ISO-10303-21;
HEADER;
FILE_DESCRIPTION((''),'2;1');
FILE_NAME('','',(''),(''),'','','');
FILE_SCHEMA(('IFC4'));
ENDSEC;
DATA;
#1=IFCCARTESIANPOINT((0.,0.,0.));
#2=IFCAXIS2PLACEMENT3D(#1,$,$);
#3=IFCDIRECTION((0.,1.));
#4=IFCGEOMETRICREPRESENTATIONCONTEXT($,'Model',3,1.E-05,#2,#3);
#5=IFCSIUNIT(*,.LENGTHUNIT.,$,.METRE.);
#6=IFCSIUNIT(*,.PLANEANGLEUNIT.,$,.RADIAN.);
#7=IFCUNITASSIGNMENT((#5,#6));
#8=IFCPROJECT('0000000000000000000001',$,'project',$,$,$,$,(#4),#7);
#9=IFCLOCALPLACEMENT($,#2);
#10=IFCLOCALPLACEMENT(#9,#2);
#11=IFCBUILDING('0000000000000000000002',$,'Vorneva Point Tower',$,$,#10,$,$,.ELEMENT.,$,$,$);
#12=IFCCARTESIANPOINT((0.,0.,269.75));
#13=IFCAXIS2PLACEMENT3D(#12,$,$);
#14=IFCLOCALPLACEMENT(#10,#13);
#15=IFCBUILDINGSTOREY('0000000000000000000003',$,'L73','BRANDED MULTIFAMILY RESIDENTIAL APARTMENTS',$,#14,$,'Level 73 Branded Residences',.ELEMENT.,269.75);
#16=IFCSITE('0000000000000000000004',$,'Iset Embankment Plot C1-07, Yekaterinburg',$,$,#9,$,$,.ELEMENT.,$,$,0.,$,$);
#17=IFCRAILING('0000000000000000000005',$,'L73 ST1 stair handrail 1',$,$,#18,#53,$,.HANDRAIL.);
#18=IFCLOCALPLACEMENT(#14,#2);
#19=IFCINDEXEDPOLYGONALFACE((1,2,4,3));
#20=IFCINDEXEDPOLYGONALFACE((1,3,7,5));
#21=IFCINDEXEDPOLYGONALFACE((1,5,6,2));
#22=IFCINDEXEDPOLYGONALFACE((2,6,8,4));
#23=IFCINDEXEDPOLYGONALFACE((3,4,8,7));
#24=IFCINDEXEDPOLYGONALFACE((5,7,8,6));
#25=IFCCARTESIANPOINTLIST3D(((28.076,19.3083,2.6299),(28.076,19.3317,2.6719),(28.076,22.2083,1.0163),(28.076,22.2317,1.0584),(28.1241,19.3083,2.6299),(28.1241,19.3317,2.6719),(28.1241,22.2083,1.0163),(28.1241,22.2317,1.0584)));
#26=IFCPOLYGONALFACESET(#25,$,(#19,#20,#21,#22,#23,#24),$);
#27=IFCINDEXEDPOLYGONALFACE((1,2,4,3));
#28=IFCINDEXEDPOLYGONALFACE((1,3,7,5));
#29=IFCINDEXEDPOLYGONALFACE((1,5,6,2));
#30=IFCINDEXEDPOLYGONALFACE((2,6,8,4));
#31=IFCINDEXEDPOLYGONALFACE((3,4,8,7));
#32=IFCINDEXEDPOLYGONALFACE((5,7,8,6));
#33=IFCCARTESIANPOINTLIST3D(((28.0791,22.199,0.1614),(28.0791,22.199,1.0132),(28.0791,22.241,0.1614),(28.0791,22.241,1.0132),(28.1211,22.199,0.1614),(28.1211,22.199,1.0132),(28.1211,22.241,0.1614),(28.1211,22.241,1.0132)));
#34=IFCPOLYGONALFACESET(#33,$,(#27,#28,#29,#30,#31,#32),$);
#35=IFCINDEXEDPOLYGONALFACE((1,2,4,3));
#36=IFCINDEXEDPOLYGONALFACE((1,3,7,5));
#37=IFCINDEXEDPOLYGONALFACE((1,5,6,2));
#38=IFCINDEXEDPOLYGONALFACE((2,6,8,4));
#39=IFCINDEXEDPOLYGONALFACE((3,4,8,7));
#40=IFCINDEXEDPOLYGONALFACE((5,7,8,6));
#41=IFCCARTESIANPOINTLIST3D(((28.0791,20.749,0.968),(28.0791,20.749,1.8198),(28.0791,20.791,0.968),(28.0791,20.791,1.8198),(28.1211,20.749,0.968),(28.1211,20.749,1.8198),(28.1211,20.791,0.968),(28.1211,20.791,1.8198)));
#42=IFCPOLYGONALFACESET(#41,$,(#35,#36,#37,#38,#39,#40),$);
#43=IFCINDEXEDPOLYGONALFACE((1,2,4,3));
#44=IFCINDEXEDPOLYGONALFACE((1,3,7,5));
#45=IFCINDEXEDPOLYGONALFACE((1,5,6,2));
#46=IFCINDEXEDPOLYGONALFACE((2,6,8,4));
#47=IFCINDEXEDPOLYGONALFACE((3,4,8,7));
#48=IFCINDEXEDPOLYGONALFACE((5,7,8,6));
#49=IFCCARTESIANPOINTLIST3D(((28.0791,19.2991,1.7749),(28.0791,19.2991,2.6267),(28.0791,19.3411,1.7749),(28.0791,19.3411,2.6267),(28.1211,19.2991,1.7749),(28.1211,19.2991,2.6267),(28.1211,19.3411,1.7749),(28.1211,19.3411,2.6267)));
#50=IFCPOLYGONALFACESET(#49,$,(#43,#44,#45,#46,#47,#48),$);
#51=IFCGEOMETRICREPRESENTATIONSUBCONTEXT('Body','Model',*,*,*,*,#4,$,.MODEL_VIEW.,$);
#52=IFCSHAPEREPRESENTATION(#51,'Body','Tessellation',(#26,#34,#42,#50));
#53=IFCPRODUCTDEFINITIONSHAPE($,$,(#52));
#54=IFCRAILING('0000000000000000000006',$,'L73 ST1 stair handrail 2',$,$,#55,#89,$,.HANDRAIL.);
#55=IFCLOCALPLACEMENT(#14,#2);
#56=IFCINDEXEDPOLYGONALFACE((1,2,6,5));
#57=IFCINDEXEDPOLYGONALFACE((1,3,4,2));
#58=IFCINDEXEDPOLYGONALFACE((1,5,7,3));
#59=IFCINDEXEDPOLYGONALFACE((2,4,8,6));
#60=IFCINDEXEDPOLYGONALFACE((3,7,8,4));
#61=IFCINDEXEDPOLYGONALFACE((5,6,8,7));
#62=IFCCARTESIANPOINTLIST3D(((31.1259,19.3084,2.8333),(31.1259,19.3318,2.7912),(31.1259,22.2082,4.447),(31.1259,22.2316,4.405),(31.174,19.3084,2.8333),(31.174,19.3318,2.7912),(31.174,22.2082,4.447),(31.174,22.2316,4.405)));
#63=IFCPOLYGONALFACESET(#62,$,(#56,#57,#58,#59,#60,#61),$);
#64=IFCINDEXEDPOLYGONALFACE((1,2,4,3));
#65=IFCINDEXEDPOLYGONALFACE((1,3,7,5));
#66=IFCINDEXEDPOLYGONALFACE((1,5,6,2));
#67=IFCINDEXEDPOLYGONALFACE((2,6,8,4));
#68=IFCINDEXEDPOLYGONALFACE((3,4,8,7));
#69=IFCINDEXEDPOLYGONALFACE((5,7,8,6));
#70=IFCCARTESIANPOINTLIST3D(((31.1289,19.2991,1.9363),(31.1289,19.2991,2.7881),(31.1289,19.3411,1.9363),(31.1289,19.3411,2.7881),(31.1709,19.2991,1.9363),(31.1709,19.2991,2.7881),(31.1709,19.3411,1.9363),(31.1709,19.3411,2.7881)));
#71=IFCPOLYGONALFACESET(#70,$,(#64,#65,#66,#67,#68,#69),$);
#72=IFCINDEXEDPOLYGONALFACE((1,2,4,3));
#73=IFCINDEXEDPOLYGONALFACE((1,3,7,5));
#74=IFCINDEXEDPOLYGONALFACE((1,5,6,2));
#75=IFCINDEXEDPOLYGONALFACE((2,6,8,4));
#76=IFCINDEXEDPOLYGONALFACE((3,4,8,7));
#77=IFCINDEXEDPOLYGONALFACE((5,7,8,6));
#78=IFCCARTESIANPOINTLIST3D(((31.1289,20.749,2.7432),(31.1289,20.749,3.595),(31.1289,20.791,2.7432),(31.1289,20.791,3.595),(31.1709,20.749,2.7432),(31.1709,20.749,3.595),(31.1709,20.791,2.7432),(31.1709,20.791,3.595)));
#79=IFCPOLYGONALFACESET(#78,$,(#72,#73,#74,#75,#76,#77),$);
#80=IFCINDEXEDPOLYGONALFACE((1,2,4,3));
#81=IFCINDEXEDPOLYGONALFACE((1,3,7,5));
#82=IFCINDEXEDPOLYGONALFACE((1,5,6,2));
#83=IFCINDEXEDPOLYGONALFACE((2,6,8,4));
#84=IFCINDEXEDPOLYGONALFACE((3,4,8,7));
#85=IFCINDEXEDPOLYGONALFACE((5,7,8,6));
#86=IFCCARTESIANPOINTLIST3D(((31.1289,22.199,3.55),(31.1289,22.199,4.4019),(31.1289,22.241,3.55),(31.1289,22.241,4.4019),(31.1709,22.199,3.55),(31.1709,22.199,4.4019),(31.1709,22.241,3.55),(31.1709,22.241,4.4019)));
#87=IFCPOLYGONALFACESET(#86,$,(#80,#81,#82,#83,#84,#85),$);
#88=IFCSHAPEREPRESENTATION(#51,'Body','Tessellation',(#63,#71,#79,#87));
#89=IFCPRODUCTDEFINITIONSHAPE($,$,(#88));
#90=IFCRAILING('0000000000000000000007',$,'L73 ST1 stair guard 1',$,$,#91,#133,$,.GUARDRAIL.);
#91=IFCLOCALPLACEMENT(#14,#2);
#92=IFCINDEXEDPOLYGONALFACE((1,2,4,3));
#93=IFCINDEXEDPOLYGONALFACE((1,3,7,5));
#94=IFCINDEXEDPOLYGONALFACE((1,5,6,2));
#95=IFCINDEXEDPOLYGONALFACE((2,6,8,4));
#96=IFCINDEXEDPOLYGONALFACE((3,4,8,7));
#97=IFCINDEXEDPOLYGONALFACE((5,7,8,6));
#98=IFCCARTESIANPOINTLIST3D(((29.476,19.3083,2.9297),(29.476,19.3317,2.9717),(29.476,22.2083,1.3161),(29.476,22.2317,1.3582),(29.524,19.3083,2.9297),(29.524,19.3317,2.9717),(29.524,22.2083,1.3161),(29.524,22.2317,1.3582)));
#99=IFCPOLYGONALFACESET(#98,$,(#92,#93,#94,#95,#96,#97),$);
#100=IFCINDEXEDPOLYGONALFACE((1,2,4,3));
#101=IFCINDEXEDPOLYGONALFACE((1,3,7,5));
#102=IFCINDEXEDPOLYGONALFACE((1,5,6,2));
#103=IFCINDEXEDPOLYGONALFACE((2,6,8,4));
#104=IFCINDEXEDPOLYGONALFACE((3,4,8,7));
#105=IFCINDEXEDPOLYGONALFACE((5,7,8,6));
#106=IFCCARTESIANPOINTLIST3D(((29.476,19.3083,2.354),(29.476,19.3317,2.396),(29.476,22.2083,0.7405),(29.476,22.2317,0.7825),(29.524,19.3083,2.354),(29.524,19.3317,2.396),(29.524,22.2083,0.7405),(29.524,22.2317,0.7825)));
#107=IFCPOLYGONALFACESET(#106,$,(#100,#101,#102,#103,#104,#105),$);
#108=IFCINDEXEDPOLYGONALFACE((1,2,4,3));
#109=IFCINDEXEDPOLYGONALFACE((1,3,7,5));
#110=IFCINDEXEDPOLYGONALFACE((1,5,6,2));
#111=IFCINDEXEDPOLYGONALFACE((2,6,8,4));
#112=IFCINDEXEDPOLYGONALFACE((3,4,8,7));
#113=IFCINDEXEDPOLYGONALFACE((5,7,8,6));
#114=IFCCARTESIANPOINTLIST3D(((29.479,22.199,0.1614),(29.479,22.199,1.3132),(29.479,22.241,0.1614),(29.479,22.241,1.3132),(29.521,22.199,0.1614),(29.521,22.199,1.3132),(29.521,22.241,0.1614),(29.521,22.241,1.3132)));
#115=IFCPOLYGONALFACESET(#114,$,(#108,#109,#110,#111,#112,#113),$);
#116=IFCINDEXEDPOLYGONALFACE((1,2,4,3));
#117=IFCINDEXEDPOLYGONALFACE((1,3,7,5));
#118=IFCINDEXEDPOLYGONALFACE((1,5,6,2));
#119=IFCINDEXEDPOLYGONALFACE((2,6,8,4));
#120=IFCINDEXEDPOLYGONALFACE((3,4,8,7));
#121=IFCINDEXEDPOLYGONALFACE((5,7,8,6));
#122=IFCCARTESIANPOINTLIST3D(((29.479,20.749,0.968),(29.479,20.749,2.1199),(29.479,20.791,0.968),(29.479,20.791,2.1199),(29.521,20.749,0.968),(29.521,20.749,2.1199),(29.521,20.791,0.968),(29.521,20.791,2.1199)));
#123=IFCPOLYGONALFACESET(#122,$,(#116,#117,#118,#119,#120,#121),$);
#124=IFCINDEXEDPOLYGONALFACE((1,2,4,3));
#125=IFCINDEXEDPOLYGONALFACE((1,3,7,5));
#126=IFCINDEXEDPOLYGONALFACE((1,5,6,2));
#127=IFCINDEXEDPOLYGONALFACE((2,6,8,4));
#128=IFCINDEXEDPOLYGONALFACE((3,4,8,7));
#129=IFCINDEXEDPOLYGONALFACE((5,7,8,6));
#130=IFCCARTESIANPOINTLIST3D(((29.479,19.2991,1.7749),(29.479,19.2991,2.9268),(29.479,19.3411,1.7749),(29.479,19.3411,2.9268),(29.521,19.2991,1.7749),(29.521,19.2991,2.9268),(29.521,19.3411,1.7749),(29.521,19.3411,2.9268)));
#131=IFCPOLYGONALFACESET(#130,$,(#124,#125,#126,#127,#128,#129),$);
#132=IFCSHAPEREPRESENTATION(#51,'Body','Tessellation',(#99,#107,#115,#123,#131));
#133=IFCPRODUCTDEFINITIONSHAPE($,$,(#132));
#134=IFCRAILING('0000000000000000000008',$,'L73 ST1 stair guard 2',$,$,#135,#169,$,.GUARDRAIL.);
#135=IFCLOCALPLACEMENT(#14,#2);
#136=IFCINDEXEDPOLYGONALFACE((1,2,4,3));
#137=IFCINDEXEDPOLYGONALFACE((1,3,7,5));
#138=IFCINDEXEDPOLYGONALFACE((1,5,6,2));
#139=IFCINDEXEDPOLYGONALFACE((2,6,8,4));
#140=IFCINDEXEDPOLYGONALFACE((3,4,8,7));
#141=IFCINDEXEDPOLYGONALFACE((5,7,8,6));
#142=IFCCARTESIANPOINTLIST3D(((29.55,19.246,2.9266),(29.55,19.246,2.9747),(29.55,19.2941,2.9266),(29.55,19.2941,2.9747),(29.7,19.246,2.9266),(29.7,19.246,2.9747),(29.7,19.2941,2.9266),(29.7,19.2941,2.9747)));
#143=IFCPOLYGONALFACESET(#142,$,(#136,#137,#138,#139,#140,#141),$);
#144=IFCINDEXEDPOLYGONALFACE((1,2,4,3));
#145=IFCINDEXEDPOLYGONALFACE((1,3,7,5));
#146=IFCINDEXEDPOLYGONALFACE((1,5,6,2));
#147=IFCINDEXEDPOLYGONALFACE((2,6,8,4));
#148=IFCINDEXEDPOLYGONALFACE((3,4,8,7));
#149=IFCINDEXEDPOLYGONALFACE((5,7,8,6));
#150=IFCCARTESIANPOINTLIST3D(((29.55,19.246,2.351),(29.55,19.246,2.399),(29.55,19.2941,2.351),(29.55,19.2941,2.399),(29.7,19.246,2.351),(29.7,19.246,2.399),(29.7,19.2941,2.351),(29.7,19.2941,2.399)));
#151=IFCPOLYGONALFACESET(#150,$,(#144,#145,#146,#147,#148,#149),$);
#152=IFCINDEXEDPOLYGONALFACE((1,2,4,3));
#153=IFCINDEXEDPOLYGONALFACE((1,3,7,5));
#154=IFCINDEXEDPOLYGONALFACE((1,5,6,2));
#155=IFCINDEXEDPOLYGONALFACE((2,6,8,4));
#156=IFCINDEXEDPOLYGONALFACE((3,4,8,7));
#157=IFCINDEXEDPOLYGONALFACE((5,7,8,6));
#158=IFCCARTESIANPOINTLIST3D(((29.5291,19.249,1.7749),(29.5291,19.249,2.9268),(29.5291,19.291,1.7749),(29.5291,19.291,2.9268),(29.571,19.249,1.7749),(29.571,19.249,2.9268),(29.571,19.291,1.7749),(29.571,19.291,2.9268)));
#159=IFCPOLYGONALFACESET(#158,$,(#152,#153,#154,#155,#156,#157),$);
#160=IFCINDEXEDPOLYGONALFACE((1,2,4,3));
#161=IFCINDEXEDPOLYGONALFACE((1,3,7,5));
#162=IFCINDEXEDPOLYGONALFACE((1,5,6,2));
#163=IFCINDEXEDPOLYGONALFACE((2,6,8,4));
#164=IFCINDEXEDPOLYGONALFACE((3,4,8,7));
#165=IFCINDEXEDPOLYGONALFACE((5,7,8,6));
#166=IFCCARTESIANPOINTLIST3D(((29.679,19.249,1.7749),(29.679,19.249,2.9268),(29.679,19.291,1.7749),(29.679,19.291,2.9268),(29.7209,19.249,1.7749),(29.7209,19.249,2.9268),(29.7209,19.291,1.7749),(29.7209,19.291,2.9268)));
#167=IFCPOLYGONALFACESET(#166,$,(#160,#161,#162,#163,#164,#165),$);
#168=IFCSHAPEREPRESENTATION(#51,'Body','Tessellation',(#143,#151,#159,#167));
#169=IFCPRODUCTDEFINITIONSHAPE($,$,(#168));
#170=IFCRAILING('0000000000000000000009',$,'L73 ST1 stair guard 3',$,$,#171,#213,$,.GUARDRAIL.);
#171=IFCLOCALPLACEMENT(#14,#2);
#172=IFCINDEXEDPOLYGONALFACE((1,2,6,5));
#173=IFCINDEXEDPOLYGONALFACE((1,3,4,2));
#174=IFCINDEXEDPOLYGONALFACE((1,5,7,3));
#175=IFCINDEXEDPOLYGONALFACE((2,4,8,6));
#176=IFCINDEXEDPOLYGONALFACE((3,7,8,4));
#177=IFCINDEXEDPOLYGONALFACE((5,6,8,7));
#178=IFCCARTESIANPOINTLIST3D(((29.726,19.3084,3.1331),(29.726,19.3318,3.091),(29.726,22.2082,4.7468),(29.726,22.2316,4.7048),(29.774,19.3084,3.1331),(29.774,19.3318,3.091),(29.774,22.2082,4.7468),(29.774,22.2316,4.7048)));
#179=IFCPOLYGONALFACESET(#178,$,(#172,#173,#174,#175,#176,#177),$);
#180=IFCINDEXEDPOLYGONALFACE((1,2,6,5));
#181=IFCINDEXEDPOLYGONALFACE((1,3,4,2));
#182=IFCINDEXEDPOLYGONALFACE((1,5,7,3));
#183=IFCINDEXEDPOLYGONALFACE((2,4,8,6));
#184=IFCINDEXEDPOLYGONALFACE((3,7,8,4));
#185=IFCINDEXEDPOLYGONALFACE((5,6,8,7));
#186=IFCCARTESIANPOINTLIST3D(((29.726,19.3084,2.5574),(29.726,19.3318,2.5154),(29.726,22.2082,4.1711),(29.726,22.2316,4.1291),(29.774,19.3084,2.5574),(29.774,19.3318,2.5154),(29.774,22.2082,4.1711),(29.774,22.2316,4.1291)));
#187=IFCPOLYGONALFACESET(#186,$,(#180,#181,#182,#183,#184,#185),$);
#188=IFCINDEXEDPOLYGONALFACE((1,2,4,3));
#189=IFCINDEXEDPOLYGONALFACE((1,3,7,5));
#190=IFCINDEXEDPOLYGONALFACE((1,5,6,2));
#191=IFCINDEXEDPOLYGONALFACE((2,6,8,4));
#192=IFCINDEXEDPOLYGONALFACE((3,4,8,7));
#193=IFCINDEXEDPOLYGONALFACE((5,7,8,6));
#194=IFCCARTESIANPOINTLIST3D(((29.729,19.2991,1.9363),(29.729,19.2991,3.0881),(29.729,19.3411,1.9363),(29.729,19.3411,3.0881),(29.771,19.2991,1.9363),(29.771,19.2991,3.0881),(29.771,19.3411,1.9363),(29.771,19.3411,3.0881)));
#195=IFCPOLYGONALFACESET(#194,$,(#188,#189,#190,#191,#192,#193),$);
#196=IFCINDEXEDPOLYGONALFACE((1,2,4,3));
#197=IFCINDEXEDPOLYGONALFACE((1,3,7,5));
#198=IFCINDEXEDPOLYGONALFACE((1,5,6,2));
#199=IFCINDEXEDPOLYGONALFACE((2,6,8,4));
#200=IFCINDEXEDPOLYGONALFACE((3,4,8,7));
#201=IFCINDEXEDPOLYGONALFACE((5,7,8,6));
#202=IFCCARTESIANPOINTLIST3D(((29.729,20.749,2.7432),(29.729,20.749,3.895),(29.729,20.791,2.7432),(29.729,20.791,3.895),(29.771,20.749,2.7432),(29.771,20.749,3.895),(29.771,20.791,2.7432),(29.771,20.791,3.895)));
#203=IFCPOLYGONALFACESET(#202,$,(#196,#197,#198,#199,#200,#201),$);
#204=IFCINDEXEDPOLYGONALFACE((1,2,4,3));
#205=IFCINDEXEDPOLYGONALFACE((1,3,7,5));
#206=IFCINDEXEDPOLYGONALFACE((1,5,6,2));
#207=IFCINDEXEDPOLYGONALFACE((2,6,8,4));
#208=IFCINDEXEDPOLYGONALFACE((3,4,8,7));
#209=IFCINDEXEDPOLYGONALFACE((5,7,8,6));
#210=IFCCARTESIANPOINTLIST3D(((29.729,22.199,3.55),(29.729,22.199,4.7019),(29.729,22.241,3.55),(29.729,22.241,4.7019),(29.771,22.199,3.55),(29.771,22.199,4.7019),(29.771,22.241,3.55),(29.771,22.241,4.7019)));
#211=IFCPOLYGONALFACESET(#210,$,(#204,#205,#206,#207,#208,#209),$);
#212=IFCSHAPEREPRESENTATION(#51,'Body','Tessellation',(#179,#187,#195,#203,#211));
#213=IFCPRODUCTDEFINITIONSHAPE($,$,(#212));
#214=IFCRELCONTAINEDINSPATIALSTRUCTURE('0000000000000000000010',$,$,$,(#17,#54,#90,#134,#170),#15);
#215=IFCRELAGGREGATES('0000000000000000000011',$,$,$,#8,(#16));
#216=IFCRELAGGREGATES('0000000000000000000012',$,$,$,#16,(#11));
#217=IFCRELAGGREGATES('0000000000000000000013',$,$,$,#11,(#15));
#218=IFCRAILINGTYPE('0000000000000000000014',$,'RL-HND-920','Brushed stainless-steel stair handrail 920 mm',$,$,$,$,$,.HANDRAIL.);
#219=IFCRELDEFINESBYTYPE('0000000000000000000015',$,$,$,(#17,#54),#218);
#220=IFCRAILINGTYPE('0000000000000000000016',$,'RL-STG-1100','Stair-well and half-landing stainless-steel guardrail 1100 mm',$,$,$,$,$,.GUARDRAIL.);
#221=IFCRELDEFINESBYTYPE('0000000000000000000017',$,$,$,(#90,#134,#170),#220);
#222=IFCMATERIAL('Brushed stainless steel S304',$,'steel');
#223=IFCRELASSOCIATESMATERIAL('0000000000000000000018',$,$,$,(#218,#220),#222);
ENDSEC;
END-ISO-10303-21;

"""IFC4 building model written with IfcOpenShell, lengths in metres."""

from ifc_helpers import new_model, si_unit, direction, frame, origin, origin_2d, place, context, subcontext, project, spatial, rectangle, extrude, material, type_object, element, save


model = new_model("IFC4")

# Units and contexts
model_context = context("Model", 3, precision=1e-05, world=origin(), true_north=direction((0.0, 1.0)))
body_context = subcontext(model_context, "Body", "Model", "MODEL_VIEW")
ifc_project = project(units=[si_unit("LENGTHUNIT", "METRE"), si_unit("PLANEANGLEUNIT", "RADIAN")], contexts=[model_context])

# Site, building, storey
site_placement = place(None, origin())
site = spatial("IfcSite", under=ifc_project, at=site_placement, Name="Iset Embankment Plot C1-07, Yekaterinburg", CompositionType="ELEMENT", RefElevation=0.0)
building_placement = place(site_placement, origin())
building = spatial("IfcBuilding", under=site, at=building_placement, Name="Vorneva Point Tower", CompositionType="ELEMENT")
storey_placement = place(building_placement, frame((0.0, 0.0, 269.75)))
storey = spatial("IfcBuildingStorey", under=building, at=storey_placement, Name="L73", Description="BRANDED MULTIFAMILY RESIDENTIAL APARTMENTS", LongName="Level 73 Branded Residences", CompositionType="ELEMENT", Elevation=269.75)

# Railings
ifc_material_1 = material(Name="Brushed stainless steel S304", Category="steel")
railing_type_1 = type_object("IfcRailingType", Name="RL-HND-920", Description="Brushed stainless-steel stair handrail 920 mm", PredefinedType="HANDRAIL", material=ifc_material_1)
railing_1_placement = place(storey_placement, frame((28.1001, 22.22, 0.1614)))
element("IfcRailing", 1, at=railing_1_placement, inside=storey, type_object=railing_type_1, Name="L73 ST1 stair handrail 1", PredefinedType="HANDRAIL", context=body_context, shape_type="SweptSolid", body=[
    extrude(rectangle(XDim=0.0481, YDim=0.0481, at=origin_2d()), frame((0.0, 0.0, 0.876), z_axis=(0.0, -0.873841, 0.486211), x_axis=(1.0, 0.0, 0.0)), (0.0, 0.0, 1.0), 3.3186),
    extrude(rectangle(XDim=0.042, YDim=0.042, at=origin_2d()), origin(), (0.0, 0.0, 1.0), 0.8518),
    extrude(rectangle(XDim=0.042, YDim=0.042, at=origin_2d()), frame((0.0, -1.45, 0.8066)), (0.0, 0.0, 1.0), 0.8518),
    extrude(rectangle(XDim=0.042, YDim=0.042, at=origin_2d()), frame((0.0, -2.8999, 1.6135)), (0.0, 0.0, 1.0), 0.8518),
])
railing_2_placement = place(storey_placement, frame((31.1499, 19.3201, 1.9363)))
element("IfcRailing", 2, at=railing_2_placement, inside=storey, type_object=railing_type_1, Name="L73 ST1 stair handrail 2", PredefinedType="HANDRAIL", context=body_context, shape_type="SweptSolid", body=[
    extrude(rectangle(XDim=0.0481, YDim=0.0481, at=origin_2d()), frame((0.0, 0.0, 0.876), z_axis=(0.0, 0.87381, 0.486267), x_axis=(-1.0, 0.0, 0.0)), (0.0, 0.0, 1.0), 3.3186),
    extrude(rectangle(XDim=0.042, YDim=0.042, at=origin_2d()), origin(), (0.0, 0.0, 1.0), 0.8518),
    extrude(rectangle(XDim=0.042, YDim=0.042, at=origin_2d()), frame((0.0, 1.45, 0.8069)), (0.0, 0.0, 1.0), 0.8518),
    extrude(rectangle(XDim=0.042, YDim=0.042, at=origin_2d()), frame((0.0, 2.8999, 1.6138)), (0.0, 0.0, 1.0), 0.8518),
])
railing_type_2 = type_object("IfcRailingType", Name="RL-STG-1100", Description="Stair-well and half-landing stainless-steel guardrail 1100 mm", PredefinedType="GUARDRAIL", material=ifc_material_1)
railing_3_placement = place(storey_placement, frame((29.5, 22.22, 0.1614)))
element("IfcRailing", 3, at=railing_3_placement, inside=storey, type_object=railing_type_2, Name="L73 ST1 stair guard 1", PredefinedType="GUARDRAIL", context=body_context, shape_type="SweptSolid", body=[
    extrude(rectangle(XDim=0.0481, YDim=0.0481, at=origin_2d()), frame((0.0, 0.0, 1.1758), z_axis=(0.0, -0.873841, 0.486211), x_axis=(1.0, 0.0, 0.0)), (0.0, 0.0, 1.0), 3.3186),
    extrude(rectangle(XDim=0.0481, YDim=0.0481, at=origin_2d()), frame((0.0, 0.0, 0.6001), z_axis=(0.0, -0.873841, 0.486211), x_axis=(1.0, 0.0, 0.0)), (0.0, 0.0, 1.0), 3.3186),
    extrude(rectangle(XDim=0.042, YDim=0.042, at=origin_2d()), origin(), (0.0, 0.0, 1.0), 1.1519),
    extrude(rectangle(XDim=0.042, YDim=0.042, at=origin_2d()), frame((0.0, -1.45, 0.8066)), (0.0, 0.0, 1.0), 1.1519),
    extrude(rectangle(XDim=0.042, YDim=0.042, at=origin_2d()), frame((0.0, -2.8999, 1.6135)), (0.0, 0.0, 1.0), 1.1519),
])
railing_4_placement = place(storey_placement, frame((29.55, 19.27, 1.7749)))
element("IfcRailing", 4, at=railing_4_placement, inside=storey, type_object=railing_type_2, Name="L73 ST1 stair guard 2", PredefinedType="GUARDRAIL", context=body_context, shape_type="SweptSolid", body=[
    extrude(rectangle(XDim=0.0481, YDim=0.0481, at=origin_2d()), frame((0.0, 0.0, 1.1758), z_axis=(1.0, 0.0, 0.0), x_axis=(0.0, 1.0, 0.0)), (0.0, 0.0, 1.0), 0.1499),
    extrude(rectangle(XDim=0.0481, YDim=0.0481, at=origin_2d()), frame((0.0, 0.0, 0.6001), z_axis=(1.0, 0.0, 0.0), x_axis=(0.0, 1.0, 0.0)), (0.0, 0.0, 1.0), 0.1499),
    extrude(rectangle(XDim=0.042, YDim=0.042, at=origin_2d()), origin(), (0.0, 0.0, 1.0), 1.1519),
    extrude(rectangle(XDim=0.042, YDim=0.042, at=origin_2d()), frame((0.1499, 0.0, 0.0)), (0.0, 0.0, 1.0), 1.1519),
])
railing_5_placement = place(storey_placement, frame((29.75, 19.3201, 1.9363)))
element("IfcRailing", 5, at=railing_5_placement, inside=storey, type_object=railing_type_2, Name="L73 ST1 stair guard 3", PredefinedType="GUARDRAIL", context=body_context, shape_type="SweptSolid", body=[
    extrude(rectangle(XDim=0.0481, YDim=0.0481, at=origin_2d()), frame((0.0, 0.0, 1.1758), z_axis=(0.0, 0.87381, 0.486267), x_axis=(-1.0, 0.0, 0.0)), (0.0, 0.0, 1.0), 3.3186),
    extrude(rectangle(XDim=0.0481, YDim=0.0481, at=origin_2d()), frame((0.0, 0.0, 0.6001), z_axis=(0.0, 0.87381, 0.486267), x_axis=(-1.0, 0.0, 0.0)), (0.0, 0.0, 1.0), 3.3186),
    extrude(rectangle(XDim=0.042, YDim=0.042, at=origin_2d()), origin(), (0.0, 0.0, 1.0), 1.1519),
    extrude(rectangle(XDim=0.042, YDim=0.042, at=origin_2d()), frame((0.0, 1.45, 0.8069)), (0.0, 0.0, 1.0), 1.1519),
    extrude(rectangle(XDim=0.042, YDim=0.042, at=origin_2d()), frame((0.0, 2.8999, 1.6138)), (0.0, 0.0, 1.0), 1.1519),
])

save(model, "model.ifc")
